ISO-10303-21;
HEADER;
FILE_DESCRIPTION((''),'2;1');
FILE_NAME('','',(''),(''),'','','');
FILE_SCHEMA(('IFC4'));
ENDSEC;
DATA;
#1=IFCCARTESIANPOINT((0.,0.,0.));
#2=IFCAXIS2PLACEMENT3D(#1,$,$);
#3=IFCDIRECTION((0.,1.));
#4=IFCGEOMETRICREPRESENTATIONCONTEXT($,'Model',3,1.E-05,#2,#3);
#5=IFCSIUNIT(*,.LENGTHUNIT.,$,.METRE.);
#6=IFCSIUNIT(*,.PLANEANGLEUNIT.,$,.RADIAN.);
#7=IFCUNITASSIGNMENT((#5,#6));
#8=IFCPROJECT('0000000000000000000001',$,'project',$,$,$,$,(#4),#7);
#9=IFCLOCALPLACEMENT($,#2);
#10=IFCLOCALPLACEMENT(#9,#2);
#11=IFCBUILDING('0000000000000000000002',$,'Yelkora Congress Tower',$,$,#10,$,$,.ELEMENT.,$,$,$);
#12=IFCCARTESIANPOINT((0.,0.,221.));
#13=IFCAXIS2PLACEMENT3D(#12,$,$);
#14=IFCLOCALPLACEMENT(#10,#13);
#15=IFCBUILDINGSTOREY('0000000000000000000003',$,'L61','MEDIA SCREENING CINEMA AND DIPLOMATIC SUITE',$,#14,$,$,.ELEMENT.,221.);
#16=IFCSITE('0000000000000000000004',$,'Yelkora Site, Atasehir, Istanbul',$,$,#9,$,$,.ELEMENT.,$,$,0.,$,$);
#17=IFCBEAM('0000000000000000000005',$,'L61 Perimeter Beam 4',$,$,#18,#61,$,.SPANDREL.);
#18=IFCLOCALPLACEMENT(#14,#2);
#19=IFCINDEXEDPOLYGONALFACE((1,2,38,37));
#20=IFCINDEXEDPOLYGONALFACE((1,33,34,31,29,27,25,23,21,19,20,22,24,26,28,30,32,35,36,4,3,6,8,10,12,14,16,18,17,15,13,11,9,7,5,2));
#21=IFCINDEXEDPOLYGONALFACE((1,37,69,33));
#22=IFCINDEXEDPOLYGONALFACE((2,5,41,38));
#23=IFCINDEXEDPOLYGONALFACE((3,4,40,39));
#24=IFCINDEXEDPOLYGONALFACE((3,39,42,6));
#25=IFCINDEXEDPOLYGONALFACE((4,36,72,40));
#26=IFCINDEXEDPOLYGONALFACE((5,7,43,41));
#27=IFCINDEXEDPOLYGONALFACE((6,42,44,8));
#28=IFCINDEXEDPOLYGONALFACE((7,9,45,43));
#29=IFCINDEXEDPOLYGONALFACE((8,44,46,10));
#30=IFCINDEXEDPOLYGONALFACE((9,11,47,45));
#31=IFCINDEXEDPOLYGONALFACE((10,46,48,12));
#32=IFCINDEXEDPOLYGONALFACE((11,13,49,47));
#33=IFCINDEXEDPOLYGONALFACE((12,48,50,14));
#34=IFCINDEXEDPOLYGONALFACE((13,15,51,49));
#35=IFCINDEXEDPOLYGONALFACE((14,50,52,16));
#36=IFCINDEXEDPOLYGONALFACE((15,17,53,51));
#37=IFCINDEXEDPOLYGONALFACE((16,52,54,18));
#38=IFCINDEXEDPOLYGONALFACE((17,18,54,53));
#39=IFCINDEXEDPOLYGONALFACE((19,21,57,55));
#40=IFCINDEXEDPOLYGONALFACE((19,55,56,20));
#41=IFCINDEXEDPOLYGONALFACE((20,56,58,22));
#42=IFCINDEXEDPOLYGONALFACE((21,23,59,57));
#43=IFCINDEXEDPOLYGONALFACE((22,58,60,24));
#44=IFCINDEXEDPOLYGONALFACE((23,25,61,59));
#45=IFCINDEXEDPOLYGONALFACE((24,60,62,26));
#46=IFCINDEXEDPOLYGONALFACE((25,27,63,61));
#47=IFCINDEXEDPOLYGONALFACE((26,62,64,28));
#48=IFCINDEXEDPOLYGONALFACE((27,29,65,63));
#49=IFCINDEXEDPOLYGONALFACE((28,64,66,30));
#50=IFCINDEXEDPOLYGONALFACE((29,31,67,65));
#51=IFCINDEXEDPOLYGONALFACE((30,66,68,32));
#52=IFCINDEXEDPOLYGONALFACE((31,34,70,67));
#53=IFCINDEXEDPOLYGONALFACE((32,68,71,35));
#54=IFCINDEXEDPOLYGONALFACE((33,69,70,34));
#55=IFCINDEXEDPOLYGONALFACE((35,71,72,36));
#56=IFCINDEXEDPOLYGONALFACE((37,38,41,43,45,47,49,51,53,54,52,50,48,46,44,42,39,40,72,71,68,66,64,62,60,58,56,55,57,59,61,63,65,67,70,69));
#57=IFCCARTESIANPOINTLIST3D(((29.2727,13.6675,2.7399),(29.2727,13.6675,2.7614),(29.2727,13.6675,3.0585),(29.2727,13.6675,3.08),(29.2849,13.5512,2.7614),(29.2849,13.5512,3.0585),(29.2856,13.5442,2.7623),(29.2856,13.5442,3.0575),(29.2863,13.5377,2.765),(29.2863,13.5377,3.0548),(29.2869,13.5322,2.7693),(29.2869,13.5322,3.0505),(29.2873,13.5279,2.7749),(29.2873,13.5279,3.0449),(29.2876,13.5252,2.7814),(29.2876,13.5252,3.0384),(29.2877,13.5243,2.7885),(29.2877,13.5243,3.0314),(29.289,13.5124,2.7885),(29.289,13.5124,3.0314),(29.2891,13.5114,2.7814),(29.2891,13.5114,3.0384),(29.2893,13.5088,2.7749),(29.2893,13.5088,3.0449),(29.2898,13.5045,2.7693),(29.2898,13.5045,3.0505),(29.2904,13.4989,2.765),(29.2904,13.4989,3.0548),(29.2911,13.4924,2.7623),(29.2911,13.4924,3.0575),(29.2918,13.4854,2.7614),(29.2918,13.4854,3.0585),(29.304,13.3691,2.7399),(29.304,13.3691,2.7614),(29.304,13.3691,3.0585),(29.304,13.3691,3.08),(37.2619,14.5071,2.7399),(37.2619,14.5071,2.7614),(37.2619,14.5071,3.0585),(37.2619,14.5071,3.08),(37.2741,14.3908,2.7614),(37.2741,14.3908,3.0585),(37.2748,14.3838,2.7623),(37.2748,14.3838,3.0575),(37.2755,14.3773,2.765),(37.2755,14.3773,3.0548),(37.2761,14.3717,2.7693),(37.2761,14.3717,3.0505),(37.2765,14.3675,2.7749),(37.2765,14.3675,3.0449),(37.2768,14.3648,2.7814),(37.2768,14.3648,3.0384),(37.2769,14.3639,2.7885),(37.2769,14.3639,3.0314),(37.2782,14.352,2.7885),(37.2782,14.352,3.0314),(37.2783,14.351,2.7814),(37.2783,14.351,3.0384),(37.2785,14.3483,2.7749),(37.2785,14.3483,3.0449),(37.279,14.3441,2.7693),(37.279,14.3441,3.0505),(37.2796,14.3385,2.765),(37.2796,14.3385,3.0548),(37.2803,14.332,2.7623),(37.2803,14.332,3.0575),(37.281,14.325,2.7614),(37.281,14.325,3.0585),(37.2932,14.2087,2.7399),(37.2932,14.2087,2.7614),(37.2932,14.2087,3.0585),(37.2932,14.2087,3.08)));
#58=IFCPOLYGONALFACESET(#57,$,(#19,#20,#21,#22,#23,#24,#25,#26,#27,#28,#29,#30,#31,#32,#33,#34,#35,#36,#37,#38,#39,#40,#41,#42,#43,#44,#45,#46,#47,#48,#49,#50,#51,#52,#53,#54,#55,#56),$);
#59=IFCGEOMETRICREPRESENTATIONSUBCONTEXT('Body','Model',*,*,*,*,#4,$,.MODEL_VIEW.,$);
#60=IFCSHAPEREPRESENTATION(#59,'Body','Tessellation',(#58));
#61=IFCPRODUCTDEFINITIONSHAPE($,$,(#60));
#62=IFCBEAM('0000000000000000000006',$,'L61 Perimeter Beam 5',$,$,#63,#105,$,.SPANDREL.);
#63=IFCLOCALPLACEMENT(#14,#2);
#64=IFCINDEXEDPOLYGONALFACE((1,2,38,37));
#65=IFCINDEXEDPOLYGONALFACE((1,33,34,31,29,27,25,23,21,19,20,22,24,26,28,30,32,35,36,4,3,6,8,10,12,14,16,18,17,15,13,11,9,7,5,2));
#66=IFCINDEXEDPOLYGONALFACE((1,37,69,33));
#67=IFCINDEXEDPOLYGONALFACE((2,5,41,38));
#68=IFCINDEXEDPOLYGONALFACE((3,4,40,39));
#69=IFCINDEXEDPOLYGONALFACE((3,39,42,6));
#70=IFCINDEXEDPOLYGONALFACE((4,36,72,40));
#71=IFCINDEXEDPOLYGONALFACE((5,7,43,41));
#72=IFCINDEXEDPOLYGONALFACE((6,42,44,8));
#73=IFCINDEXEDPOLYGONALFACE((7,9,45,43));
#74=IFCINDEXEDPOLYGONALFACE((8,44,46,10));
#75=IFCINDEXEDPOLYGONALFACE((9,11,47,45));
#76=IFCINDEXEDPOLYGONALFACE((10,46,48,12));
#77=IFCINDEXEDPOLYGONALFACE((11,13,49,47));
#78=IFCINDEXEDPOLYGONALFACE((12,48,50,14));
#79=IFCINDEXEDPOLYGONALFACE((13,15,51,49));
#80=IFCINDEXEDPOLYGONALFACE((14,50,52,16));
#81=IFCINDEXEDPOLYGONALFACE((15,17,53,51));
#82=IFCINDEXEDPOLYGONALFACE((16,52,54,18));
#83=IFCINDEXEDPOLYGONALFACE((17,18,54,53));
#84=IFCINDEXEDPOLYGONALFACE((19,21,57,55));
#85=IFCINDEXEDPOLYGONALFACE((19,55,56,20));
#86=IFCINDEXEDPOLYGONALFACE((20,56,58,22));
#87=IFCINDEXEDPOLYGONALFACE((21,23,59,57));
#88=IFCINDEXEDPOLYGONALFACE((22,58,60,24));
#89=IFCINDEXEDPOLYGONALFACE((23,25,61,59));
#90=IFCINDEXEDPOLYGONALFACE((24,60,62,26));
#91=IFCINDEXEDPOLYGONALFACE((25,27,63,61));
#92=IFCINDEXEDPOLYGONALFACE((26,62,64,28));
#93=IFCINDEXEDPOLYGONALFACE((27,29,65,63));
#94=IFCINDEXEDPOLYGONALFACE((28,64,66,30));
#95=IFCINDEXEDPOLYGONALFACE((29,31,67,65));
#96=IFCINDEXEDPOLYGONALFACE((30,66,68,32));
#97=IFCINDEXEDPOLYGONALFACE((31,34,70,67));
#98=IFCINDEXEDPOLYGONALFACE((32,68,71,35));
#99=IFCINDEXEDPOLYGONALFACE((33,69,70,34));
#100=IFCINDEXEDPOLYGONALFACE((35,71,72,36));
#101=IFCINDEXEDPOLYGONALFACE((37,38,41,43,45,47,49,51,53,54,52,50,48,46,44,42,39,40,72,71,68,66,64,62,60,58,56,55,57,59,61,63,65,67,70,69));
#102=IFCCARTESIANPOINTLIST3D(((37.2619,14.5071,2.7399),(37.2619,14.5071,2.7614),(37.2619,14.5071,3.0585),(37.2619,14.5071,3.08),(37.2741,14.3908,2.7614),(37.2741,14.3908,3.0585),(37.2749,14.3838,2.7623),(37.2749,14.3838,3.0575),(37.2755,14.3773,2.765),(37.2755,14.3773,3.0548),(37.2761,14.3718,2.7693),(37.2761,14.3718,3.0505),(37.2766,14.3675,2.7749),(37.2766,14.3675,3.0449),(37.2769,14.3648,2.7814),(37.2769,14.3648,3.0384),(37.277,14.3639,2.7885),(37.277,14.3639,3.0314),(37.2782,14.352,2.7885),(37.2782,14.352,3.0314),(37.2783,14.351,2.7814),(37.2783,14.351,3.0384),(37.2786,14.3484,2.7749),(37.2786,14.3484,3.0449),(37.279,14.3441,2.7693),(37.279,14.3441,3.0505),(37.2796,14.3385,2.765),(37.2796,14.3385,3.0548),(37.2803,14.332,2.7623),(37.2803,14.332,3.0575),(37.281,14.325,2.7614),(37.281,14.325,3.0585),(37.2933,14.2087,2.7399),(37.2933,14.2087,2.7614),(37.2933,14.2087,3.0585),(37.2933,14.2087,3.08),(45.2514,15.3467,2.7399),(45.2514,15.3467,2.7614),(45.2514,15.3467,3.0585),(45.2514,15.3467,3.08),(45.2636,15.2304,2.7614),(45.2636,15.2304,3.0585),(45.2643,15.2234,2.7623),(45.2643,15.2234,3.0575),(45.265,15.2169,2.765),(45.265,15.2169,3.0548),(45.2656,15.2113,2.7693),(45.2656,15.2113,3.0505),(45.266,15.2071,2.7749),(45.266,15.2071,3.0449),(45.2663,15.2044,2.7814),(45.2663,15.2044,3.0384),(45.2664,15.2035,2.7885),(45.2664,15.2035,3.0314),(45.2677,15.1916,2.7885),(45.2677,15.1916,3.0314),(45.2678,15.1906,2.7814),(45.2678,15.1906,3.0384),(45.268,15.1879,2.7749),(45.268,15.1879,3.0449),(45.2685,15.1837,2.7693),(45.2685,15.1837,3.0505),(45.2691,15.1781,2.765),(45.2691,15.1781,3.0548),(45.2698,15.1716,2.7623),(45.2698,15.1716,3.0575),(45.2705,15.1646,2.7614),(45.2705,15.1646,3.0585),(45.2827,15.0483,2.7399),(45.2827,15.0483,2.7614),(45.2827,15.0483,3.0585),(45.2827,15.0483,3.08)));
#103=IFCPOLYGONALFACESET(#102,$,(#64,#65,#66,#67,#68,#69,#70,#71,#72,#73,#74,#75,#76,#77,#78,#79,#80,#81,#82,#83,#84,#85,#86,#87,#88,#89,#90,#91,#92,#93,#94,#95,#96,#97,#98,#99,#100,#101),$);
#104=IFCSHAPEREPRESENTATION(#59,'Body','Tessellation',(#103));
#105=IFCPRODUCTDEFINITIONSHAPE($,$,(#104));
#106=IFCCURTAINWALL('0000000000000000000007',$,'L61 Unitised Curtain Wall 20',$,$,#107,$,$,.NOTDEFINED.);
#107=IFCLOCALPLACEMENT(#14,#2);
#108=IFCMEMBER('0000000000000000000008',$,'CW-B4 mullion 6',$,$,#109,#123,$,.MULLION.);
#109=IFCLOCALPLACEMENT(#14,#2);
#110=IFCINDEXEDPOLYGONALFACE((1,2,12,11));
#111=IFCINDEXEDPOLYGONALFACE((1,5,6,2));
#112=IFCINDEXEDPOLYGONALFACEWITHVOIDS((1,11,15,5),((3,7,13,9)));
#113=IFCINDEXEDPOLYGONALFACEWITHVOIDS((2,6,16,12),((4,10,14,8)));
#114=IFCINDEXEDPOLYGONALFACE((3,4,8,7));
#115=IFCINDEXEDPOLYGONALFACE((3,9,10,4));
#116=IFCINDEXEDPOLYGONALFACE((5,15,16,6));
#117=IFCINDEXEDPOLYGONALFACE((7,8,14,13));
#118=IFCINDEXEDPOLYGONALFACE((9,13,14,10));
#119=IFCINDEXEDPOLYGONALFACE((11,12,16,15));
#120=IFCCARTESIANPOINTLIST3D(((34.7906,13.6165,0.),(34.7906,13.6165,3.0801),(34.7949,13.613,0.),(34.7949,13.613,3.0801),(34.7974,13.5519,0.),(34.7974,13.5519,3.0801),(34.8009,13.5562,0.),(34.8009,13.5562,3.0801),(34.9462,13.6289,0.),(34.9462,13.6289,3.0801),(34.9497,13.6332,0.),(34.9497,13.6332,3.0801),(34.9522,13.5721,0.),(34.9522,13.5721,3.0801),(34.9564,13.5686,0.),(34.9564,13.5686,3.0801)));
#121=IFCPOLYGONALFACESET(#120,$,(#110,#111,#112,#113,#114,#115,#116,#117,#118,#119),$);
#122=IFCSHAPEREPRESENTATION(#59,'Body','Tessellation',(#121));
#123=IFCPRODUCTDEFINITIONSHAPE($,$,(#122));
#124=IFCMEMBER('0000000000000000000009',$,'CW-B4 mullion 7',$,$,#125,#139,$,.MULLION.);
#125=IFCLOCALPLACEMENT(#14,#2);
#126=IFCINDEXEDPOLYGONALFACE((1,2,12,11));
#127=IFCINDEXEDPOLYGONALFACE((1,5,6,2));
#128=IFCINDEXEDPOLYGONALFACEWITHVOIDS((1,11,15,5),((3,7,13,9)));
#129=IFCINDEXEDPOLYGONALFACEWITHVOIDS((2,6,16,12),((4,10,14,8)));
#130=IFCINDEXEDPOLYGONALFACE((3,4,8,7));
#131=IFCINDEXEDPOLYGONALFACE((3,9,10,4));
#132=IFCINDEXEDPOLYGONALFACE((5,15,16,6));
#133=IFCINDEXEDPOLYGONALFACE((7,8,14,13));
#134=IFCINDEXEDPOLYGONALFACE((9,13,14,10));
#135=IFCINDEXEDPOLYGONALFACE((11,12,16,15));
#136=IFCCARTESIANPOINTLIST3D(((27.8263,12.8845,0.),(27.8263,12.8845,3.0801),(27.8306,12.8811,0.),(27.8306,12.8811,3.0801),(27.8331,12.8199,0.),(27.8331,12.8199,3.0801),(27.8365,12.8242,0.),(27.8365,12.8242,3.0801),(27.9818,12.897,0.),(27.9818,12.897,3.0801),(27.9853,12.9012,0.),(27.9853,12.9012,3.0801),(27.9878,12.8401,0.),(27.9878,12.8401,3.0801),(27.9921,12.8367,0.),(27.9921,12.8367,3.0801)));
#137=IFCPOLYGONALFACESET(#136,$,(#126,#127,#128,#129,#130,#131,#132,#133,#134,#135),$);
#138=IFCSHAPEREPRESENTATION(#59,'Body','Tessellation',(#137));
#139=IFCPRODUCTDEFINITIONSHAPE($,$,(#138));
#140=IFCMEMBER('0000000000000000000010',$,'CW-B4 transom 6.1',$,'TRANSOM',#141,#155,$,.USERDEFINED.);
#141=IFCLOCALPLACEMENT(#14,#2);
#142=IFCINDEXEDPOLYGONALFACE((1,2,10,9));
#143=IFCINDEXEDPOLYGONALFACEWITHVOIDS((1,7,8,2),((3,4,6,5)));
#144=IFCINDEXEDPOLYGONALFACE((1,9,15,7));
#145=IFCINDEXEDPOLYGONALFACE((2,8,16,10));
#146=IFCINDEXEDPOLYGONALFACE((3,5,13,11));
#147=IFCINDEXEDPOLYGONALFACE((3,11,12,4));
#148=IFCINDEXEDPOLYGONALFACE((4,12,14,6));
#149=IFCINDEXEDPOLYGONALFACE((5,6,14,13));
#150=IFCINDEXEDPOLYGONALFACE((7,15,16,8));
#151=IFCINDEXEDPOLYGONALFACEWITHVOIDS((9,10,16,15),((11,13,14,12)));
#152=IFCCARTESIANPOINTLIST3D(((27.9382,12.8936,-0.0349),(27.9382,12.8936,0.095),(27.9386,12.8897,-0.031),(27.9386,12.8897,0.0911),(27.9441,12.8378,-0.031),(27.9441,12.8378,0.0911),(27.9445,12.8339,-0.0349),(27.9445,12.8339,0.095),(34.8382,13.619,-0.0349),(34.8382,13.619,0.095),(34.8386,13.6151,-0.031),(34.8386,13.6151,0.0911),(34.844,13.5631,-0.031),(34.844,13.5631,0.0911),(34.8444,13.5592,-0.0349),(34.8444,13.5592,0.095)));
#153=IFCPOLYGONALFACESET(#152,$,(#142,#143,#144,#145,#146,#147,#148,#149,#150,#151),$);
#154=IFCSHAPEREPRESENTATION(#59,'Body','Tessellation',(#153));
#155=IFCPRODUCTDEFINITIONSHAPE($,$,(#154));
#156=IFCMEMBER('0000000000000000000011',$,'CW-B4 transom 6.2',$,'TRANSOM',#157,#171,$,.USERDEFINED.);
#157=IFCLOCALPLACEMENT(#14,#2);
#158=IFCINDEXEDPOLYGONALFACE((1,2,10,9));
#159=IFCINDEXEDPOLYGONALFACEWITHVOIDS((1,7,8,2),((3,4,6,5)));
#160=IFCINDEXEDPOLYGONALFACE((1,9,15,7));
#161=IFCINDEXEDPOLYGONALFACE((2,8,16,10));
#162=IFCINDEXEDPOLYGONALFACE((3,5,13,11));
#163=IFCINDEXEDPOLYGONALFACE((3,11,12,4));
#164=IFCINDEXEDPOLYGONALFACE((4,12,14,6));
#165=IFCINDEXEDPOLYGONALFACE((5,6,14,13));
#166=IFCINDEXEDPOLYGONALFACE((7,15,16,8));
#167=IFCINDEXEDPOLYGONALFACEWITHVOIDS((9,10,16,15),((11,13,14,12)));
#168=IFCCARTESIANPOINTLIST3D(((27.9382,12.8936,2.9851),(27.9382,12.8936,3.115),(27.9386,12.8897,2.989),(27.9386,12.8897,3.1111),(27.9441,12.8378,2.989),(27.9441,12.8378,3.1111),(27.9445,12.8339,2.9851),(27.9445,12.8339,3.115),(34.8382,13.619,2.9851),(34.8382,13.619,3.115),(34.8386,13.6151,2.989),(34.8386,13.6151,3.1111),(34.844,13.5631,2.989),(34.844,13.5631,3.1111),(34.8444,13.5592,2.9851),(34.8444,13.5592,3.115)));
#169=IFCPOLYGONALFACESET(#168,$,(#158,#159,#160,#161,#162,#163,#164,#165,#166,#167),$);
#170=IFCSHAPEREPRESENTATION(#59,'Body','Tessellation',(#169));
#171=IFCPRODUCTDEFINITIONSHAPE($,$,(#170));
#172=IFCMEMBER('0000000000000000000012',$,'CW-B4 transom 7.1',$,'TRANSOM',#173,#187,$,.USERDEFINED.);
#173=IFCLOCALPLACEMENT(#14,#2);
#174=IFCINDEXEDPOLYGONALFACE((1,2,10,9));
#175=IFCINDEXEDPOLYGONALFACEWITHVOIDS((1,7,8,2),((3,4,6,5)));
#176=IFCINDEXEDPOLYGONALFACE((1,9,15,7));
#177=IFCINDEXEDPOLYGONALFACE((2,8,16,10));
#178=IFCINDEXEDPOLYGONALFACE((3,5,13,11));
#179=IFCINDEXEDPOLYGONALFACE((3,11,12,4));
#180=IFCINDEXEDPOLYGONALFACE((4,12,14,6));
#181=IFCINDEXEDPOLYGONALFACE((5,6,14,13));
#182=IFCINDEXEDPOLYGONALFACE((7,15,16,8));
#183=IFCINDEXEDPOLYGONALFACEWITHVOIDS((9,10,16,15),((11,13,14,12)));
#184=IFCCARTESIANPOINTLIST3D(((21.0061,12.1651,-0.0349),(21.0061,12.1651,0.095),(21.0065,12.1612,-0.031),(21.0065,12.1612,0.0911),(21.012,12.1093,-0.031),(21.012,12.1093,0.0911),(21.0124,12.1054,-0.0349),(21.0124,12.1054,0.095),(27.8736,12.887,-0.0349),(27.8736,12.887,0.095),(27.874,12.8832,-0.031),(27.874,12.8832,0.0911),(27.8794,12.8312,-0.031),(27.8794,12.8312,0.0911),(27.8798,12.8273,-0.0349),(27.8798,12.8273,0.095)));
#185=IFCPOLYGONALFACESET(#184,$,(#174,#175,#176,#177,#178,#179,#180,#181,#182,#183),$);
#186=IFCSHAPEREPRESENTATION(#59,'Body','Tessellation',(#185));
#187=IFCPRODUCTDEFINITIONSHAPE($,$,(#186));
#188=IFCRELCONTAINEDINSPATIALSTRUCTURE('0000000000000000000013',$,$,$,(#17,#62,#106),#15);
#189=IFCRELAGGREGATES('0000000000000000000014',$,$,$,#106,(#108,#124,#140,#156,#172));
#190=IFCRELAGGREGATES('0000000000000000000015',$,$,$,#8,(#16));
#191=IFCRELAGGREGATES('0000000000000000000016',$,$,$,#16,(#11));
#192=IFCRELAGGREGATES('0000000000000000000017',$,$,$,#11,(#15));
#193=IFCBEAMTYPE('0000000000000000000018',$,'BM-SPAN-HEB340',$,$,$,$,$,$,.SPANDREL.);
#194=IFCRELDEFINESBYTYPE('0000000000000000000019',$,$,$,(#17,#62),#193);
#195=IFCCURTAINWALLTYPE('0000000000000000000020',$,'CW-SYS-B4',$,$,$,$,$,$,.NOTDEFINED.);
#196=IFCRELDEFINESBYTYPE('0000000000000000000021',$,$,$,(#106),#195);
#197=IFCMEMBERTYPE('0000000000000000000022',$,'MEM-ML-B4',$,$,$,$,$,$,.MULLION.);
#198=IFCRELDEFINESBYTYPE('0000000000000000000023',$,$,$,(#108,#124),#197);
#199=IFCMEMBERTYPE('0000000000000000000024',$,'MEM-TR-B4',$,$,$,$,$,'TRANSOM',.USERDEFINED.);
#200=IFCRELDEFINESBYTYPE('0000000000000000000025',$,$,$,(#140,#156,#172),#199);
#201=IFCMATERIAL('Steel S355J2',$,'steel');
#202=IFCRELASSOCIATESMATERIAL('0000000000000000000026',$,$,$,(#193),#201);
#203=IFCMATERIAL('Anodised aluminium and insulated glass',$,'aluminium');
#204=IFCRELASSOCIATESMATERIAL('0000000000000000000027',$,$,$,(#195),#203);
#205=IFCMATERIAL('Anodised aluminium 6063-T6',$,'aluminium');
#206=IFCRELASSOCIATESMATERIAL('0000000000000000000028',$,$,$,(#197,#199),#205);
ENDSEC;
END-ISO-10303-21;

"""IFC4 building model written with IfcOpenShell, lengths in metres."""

from ifc_helpers import new_model, si_unit, direction, frame, origin, origin_2d, place, context, subcontext, project, spatial, hollow_rectangle, i_section, extrude, material, material_profile, profile_set, type_object, element, aggregate, save


model = new_model("IFC4")

# Units and contexts
model_context = context("Model", 3, precision=1e-05, world=origin(), true_north=direction((0.0, 1.0)))
body_context = subcontext(model_context, "Body", "Model", "MODEL_VIEW")
ifc_project = project(units=[si_unit("LENGTHUNIT", "METRE"), si_unit("PLANEANGLEUNIT", "RADIAN")], contexts=[model_context])

# Site, building, storey
site_placement = place(None, origin())
site = spatial("IfcSite", under=ifc_project, at=site_placement, Name="Yelkora Site, Atasehir, Istanbul", CompositionType="ELEMENT", RefElevation=0.0)
building_placement = place(site_placement, origin())
building = spatial("IfcBuilding", under=site, at=building_placement, Name="Yelkora Congress Tower", CompositionType="ELEMENT")
storey_placement = place(building_placement, frame((0.0, 0.0, 221.0)))
storey = spatial("IfcBuildingStorey", under=building, at=storey_placement, Name="L61", Description="MEDIA SCREENING CINEMA AND DIPLOMATIC SUITE", CompositionType="ELEMENT", Elevation=221.0)

# Shared definitions
ifc_material_1 = material(Name="Steel S355J2", Category="steel")

# Beams
ifc_material_profile_1 = material_profile(ifc_material_1, i_section(OverallWidth=0.3, OverallDepth=0.3401, WebThickness=0.012, FlangeThickness=0.0215, FilletRadius=0.0271, at=origin_2d()), Name="HEB 340")
ifc_profile_set_1 = profile_set([ifc_material_profile_1], Name="Steel S355J2")
beam_type_1 = type_object("IfcBeamType", Name="BM-SPAN-HEB340", PredefinedType="SPANDREL", material=ifc_profile_set_1)
beam_1_placement = place(storey_placement, frame((29.2883, 13.5183, 2.9099), z_axis=(0.994523, 0.104516, 0.0), x_axis=(-0.104516, 0.994523, 0.0)))
element("IfcBeam", 1, at=beam_1_placement, inside=storey, type_object=beam_type_1, Name="L61 Perimeter Beam 4", PredefinedType="SPANDREL", context=body_context, shape_type="SweptSolid", body=[
    extrude(i_section(OverallWidth=0.3, OverallDepth=0.3401, WebThickness=0.012, FlangeThickness=0.0215, FilletRadius=0.0271, at=origin_2d()), origin(), (0.0, 0.0, 1.0), 8.0332),
])
beam_2_placement = place(storey_placement, frame((37.2776, 14.3579, 2.9099), z_axis=(0.994524, 0.104512, 0.0), x_axis=(-0.104512, 0.994524, 0.0)))
element("IfcBeam", 2, at=beam_2_placement, inside=storey, type_object=beam_type_1, Name="L61 Perimeter Beam 5", PredefinedType="SPANDREL", context=body_context, shape_type="SweptSolid", body=[
    extrude(i_section(OverallWidth=0.3, OverallDepth=0.3401, WebThickness=0.012, FlangeThickness=0.0215, FilletRadius=0.0271, at=origin_2d()), origin(), (0.0, 0.0, 1.0), 8.0334),
])

# Curtain wall, members
ifc_material_2 = material(Name="Anodised aluminium and insulated glass", Category="aluminium")
curtain_wall_type = type_object("IfcCurtainWallType", Name="CW-SYS-B4", PredefinedType="NOTDEFINED", material=ifc_material_2)
curtain_wall_placement = place(storey_placement, origin())
curtain_wall = element("IfcCurtainWall", 3, at=curtain_wall_placement, inside=storey, type_object=curtain_wall_type, Name="L61 Unitised Curtain Wall 20", PredefinedType="NOTDEFINED")
ifc_material_3 = material(Name="Anodised aluminium 6063-T6", Category="aluminium")
ifc_material_profile_2 = material_profile(ifc_material_3, hollow_rectangle(XDim=0.0649, YDim=0.1599, WallThickness=0.0039, at=origin_2d()), Name="ALU 65x160x4")
ifc_profile_set_2 = profile_set([ifc_material_profile_2], Name="Anodised aluminium 6063-T6")
member_type_1 = type_object("IfcMemberType", Name="MEM-ML-B4", PredefinedType="MULLION", material=ifc_profile_set_2)
member_1_placement = place(storey_placement, frame((34.8735, 13.5925, 0.0), z_axis=(0.0, 0.0, 1.0), x_axis=(0.104527, -0.994522, 0.0)))
member_1 = element("IfcMember", 4, at=member_1_placement, type_object=member_type_1, Name="CW-B4 mullion 6", PredefinedType="MULLION", context=body_context, shape_type="SweptSolid", body=[
    extrude(hollow_rectangle(XDim=0.0649, YDim=0.1599, WallThickness=0.0039, at=origin_2d()), origin(), (0.0, 0.0, 1.0), 3.0801),
])
member_2_placement = place(storey_placement, frame((27.9092, 12.8606, 0.0), z_axis=(0.0, 0.0, 1.0), x_axis=(0.104527, -0.994522, 0.0)))
member_2 = element("IfcMember", 5, at=member_2_placement, type_object=member_type_1, Name="CW-B4 mullion 7", PredefinedType="MULLION", context=body_context, shape_type="SweptSolid", body=[
    extrude(hollow_rectangle(XDim=0.0649, YDim=0.1599, WallThickness=0.0039, at=origin_2d()), origin(), (0.0, 0.0, 1.0), 3.0801),
])
ifc_material_profile_3 = material_profile(ifc_material_3, hollow_rectangle(XDim=0.0601, YDim=0.1299, WallThickness=0.0039, at=origin_2d()), Name="ALU 60x130x4")
ifc_profile_set_3 = profile_set([ifc_material_profile_3], Name="Anodised aluminium 6063-T6")
member_type_2 = type_object("IfcMemberType", Name="MEM-TR-B4", ElementType="TRANSOM", PredefinedType="USERDEFINED", material=ifc_profile_set_3)
member_3_placement = place(storey_placement, frame((34.8413, 13.5891, 0.03), z_axis=(-0.99452, -0.104547, 0.0), x_axis=(0.104547, -0.99452, 0.0)))
member_3 = element("IfcMember", 6, at=member_3_placement, type_object=member_type_2, Name="CW-B4 transom 6.1", ObjectType="TRANSOM", PredefinedType="USERDEFINED", context=body_context, shape_type="SweptSolid", body=[
    extrude(hollow_rectangle(XDim=0.0601, YDim=0.1299, WallThickness=0.0039, at=origin_2d()), origin(), (0.0, 0.0, 1.0), 6.938),
])
member_4_placement = place(storey_placement, frame((34.8413, 13.5891, 3.05), z_axis=(-0.99452, -0.104547, 0.0), x_axis=(0.104547, -0.99452, 0.0)))
member_4 = element("IfcMember", 7, at=member_4_placement, type_object=member_type_2, Name="CW-B4 transom 6.2", ObjectType="TRANSOM", PredefinedType="USERDEFINED", context=body_context, shape_type="SweptSolid", body=[
    extrude(hollow_rectangle(XDim=0.0601, YDim=0.1299, WallThickness=0.0039, at=origin_2d()), origin(), (0.0, 0.0, 1.0), 6.938),
])
member_5_placement = place(storey_placement, frame((27.8767, 12.8572, 0.03), z_axis=(-0.99452, -0.104547, 0.0), x_axis=(0.104547, -0.99452, 0.0)))
member_5 = element("IfcMember", 8, at=member_5_placement, type_object=member_type_2, Name="CW-B4 transom 7.1", ObjectType="TRANSOM", PredefinedType="USERDEFINED", context=body_context, shape_type="SweptSolid", body=[
    extrude(hollow_rectangle(XDim=0.0601, YDim=0.1299, WallThickness=0.0039, at=origin_2d()), origin(), (0.0, 0.0, 1.0), 6.9053),
])
aggregate(curtain_wall, [member_1, member_2, member_3, member_4, member_5])

save(model, "model.ifc")
